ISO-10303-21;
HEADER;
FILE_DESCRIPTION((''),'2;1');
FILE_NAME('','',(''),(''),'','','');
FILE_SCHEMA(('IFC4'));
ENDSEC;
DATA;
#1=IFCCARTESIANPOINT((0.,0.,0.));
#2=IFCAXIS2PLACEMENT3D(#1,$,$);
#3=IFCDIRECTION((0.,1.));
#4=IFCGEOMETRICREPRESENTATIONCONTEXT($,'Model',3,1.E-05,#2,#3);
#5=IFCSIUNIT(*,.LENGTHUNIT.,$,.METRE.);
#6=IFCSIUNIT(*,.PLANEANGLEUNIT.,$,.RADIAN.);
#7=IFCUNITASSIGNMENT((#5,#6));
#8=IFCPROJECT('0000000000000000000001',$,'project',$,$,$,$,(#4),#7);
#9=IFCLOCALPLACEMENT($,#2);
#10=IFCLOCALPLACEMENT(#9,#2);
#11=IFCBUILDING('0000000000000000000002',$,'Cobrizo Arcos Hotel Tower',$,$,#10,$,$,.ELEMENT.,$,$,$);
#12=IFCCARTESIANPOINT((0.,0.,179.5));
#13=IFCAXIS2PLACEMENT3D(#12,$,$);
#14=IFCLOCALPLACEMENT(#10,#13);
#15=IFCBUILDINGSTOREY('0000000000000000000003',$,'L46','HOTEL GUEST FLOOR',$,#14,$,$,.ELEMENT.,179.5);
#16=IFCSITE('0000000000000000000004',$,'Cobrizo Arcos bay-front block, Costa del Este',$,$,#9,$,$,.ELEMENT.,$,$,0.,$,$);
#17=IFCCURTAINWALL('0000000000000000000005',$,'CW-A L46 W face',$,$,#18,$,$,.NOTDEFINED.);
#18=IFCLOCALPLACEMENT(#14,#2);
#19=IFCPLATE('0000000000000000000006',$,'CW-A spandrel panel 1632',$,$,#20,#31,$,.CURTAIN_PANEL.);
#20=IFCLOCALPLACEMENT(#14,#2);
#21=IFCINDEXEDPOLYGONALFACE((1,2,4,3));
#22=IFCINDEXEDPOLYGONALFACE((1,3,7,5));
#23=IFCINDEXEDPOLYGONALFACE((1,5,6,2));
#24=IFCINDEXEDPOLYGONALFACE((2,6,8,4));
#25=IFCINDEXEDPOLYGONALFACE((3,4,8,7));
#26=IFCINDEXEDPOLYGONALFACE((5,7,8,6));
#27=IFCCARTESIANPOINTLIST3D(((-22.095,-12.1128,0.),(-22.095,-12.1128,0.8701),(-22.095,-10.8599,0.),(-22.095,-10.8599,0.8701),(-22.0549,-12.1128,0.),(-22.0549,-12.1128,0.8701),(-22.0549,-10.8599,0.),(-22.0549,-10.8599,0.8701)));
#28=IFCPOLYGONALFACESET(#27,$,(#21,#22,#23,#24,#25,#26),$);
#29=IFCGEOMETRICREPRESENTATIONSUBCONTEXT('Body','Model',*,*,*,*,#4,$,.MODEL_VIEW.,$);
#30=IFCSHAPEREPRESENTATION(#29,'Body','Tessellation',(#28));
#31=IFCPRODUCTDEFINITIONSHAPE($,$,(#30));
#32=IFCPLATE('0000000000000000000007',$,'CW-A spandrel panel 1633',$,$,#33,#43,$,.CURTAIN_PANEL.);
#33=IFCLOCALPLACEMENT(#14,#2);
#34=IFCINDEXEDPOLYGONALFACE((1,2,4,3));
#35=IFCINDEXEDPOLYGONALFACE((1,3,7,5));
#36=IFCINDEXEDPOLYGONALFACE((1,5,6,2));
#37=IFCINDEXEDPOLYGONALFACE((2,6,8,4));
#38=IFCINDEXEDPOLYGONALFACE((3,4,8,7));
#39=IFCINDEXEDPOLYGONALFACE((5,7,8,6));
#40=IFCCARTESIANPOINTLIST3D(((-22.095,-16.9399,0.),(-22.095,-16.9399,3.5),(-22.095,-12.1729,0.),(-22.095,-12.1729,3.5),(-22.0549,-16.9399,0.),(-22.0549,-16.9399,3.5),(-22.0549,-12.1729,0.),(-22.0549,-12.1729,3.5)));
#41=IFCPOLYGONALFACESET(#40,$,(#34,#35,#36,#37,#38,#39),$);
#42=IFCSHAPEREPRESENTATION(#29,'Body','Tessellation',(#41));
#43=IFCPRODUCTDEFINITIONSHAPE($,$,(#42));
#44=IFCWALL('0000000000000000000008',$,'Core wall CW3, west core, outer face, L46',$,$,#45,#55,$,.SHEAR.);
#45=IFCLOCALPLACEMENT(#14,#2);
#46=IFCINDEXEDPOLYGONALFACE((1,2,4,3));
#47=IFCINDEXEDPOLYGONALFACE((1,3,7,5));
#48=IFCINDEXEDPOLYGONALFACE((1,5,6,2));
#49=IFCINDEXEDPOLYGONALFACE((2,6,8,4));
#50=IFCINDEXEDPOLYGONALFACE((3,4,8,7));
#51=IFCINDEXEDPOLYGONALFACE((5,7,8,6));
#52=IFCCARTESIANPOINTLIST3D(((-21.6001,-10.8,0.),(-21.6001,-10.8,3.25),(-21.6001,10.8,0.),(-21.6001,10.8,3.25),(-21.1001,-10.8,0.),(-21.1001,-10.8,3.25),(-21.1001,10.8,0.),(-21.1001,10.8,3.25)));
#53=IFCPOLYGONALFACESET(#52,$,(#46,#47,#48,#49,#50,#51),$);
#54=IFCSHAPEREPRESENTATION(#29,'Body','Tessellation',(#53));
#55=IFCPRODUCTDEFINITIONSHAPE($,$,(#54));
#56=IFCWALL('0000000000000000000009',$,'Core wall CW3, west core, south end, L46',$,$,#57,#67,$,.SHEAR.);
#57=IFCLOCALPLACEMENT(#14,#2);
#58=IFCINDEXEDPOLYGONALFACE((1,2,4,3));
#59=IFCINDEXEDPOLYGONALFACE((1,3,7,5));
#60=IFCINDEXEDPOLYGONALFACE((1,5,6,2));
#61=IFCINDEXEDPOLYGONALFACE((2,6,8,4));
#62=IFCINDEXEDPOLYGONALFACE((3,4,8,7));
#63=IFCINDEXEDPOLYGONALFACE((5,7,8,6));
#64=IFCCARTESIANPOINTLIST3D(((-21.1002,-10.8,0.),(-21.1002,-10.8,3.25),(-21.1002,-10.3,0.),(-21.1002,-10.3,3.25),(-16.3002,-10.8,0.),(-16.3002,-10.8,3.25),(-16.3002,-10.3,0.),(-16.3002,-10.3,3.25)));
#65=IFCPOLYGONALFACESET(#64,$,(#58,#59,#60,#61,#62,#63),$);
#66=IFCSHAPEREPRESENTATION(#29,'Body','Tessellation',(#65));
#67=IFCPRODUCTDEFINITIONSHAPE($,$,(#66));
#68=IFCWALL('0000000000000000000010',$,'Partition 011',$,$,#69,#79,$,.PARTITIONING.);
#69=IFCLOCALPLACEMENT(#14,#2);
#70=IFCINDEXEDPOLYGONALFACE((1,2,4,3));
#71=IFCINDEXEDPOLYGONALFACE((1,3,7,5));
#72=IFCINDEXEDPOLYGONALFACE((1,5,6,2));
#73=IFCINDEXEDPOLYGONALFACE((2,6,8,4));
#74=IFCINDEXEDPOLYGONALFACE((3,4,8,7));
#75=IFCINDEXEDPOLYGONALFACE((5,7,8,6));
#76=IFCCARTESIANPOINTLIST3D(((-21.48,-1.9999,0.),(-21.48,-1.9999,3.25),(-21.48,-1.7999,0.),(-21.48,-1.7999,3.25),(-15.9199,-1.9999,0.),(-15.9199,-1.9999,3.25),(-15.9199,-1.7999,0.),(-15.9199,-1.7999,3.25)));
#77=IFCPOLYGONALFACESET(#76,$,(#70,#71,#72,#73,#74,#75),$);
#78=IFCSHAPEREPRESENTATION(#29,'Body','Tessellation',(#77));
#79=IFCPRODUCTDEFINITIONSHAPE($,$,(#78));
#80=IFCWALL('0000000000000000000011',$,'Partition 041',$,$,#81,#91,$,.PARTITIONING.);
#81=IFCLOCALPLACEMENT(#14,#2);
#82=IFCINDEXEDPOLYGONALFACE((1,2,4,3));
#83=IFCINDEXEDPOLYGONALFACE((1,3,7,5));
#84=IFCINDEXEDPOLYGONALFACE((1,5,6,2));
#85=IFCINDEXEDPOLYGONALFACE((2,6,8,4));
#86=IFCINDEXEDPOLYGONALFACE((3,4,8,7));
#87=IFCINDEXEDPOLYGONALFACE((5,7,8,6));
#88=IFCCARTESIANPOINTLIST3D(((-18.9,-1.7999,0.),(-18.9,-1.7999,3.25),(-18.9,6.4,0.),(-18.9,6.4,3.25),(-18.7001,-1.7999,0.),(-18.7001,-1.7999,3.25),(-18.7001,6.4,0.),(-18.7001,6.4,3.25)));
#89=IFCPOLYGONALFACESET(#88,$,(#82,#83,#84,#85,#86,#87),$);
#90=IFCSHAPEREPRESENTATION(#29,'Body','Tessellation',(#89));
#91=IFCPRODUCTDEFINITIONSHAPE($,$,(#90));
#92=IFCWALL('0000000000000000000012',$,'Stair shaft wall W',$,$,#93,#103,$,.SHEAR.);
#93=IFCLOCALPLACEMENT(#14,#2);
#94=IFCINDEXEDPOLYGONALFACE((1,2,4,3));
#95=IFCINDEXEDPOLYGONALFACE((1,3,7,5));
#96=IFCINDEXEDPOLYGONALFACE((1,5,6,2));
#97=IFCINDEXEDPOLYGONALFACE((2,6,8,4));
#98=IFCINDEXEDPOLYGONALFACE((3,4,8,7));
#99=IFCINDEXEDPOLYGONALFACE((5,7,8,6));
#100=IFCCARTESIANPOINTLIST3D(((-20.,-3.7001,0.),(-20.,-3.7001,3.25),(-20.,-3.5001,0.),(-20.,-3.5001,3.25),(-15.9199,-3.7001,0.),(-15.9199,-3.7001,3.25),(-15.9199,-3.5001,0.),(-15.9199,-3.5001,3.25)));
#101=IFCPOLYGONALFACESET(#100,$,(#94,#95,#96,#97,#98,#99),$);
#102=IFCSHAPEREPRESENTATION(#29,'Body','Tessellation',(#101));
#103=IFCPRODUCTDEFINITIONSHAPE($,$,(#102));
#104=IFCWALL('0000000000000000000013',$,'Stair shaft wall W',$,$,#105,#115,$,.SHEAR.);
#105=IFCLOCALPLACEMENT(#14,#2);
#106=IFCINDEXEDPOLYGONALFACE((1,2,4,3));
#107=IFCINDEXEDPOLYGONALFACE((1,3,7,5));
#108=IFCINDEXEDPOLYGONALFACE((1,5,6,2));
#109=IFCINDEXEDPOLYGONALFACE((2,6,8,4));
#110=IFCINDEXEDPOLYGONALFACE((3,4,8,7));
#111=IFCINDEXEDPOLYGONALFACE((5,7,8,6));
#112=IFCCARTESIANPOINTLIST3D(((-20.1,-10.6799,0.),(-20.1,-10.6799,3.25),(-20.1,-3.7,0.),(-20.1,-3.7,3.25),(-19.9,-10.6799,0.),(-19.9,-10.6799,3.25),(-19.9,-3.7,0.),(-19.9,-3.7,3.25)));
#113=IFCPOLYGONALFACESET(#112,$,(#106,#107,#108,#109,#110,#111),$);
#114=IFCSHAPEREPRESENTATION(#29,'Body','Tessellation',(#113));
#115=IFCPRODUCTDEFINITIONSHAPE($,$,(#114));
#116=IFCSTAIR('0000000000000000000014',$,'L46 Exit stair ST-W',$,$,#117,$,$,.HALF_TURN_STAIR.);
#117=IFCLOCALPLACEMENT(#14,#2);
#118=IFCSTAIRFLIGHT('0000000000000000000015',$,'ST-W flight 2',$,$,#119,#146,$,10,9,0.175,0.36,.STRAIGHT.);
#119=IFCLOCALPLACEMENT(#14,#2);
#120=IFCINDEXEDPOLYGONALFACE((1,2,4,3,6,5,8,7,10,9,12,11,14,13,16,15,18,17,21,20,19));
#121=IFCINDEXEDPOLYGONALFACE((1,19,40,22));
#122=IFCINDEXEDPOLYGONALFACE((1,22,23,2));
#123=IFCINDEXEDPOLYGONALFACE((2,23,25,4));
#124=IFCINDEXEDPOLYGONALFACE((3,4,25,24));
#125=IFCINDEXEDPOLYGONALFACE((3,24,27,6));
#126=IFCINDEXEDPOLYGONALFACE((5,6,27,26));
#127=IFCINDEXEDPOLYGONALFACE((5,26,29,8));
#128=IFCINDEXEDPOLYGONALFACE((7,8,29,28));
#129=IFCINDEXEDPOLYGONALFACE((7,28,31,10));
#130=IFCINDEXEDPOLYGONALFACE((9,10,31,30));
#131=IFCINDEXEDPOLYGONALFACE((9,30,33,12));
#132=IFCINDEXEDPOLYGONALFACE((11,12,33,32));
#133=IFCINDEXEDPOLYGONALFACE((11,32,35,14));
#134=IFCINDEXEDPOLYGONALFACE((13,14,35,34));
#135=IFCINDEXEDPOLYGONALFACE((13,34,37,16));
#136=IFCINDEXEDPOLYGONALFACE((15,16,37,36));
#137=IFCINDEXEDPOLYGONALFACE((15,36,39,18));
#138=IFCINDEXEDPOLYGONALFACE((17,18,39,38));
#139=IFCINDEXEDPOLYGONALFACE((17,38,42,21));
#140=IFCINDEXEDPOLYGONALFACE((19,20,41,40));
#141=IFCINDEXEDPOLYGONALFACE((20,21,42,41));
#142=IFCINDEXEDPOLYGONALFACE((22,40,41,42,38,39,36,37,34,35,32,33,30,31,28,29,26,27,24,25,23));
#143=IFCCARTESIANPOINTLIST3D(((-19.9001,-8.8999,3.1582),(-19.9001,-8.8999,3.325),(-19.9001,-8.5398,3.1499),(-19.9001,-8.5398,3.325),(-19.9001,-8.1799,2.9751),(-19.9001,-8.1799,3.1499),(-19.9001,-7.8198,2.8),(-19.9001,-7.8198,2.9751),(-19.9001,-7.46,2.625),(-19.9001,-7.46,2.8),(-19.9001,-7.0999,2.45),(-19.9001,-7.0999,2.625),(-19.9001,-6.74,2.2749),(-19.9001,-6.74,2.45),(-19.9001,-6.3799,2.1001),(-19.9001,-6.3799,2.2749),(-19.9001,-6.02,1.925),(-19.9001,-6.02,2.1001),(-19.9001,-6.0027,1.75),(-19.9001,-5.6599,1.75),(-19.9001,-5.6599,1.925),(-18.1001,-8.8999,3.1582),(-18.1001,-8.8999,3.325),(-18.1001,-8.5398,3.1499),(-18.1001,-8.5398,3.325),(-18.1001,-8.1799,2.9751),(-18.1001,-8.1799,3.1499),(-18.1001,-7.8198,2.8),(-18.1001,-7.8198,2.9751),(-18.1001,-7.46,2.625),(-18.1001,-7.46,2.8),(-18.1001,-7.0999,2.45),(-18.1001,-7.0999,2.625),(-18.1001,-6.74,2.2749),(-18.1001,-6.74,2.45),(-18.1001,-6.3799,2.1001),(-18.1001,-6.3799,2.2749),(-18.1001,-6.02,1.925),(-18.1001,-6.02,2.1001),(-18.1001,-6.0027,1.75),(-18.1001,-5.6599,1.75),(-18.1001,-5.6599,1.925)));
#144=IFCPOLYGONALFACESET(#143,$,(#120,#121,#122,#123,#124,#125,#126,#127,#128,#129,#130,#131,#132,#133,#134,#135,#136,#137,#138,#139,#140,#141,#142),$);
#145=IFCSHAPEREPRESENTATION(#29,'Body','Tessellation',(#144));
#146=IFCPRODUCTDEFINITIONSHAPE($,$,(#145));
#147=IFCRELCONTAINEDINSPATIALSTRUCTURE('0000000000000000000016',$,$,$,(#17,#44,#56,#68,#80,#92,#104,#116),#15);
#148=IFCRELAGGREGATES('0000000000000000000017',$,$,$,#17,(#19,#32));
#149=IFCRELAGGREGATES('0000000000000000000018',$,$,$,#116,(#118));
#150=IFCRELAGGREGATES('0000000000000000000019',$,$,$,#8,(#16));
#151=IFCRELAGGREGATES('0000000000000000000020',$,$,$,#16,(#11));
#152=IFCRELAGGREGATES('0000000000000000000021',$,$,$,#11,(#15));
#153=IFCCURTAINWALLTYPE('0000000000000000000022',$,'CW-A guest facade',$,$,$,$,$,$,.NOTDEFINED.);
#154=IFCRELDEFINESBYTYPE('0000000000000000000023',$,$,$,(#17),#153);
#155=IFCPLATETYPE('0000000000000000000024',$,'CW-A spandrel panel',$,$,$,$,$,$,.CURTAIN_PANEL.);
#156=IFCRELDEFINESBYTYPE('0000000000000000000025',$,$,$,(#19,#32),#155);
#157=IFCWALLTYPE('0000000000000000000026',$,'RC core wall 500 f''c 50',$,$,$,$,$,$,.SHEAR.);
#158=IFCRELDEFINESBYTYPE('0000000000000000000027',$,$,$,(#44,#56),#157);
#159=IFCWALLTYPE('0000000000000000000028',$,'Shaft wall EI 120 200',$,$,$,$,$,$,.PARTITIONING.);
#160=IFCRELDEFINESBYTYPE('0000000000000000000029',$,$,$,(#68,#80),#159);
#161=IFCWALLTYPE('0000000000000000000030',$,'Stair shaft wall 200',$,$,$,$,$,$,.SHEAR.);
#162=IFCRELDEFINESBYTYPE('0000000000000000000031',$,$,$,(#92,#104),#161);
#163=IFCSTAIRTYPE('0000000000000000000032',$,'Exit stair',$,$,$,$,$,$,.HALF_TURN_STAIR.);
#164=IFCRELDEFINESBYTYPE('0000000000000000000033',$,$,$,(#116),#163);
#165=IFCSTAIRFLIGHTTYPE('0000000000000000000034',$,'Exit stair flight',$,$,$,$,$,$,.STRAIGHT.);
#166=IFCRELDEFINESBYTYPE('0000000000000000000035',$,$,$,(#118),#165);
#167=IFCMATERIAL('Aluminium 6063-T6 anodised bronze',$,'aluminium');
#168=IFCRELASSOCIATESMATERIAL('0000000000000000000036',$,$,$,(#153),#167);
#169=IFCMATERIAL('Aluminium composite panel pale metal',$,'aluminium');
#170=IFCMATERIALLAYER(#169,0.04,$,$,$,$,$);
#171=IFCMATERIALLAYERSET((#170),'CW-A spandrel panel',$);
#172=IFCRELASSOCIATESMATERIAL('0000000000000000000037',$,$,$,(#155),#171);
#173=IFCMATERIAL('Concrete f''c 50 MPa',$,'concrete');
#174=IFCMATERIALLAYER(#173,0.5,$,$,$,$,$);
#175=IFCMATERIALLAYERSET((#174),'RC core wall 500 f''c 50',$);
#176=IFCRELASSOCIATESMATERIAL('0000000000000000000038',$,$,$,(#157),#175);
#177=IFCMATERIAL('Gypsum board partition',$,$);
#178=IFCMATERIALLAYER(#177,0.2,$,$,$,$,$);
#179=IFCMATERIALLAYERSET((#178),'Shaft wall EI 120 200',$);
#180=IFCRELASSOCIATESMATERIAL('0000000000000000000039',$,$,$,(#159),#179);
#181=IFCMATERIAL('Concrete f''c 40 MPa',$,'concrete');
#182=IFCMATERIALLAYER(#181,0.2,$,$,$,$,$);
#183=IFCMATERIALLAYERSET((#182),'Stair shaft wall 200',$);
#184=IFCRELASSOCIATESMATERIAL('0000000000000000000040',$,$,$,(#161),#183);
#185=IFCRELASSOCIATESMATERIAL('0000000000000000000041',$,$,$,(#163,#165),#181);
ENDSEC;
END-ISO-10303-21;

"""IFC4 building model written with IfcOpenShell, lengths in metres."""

from ifc_helpers import new_model, si_unit, direction, frame, frame_2d, origin, origin_2d, place, context, subcontext, project, spatial, polyline, rectangle, outline, extrude, material, layer, layer_set, type_object, element, aggregate, save


model = new_model("IFC4")

# Units and contexts
model_context = context("Model", 3, precision=1e-05, world=origin(), true_north=direction((0.0, 1.0)))
body_context = subcontext(model_context, "Body", "Model", "MODEL_VIEW")
ifc_project = project(units=[si_unit("LENGTHUNIT", "METRE"), si_unit("PLANEANGLEUNIT", "RADIAN")], contexts=[model_context])

# Site, building, storey
site_placement = place(None, origin())
site = spatial("IfcSite", under=ifc_project, at=site_placement, Name="Cobrizo Arcos bay-front block, Costa del Este", CompositionType="ELEMENT", RefElevation=0.0)
building_placement = place(site_placement, origin())
building = spatial("IfcBuilding", under=site, at=building_placement, Name="Cobrizo Arcos Hotel Tower", CompositionType="ELEMENT")
storey_placement = place(building_placement, frame((0.0, 0.0, 179.5)))
storey = spatial("IfcBuildingStorey", under=building, at=storey_placement, Name="L46", Description="HOTEL GUEST FLOOR", CompositionType="ELEMENT", Elevation=179.5)

# Curtain wall
ifc_material_1 = material(Name="Aluminium 6063-T6 anodised bronze", Category="aluminium")
curtain_wall_type = type_object("IfcCurtainWallType", Name="CW-A guest facade", PredefinedType="NOTDEFINED", material=ifc_material_1)
curtain_wall_placement = place(storey_placement, origin())
curtain_wall = element("IfcCurtainWall", 1, at=curtain_wall_placement, inside=storey, type_object=curtain_wall_type, Name="CW-A L46 W face", PredefinedType="NOTDEFINED")

# Plates
ifc_material_2 = material(Name="Aluminium composite panel pale metal", Category="aluminium")
ifc_layer_1 = layer(ifc_material_2, 0.04)
ifc_layer_set_1 = layer_set([ifc_layer_1], Name="CW-A spandrel panel")
plate_type_1 = type_object("IfcPlateType", Name="CW-A spandrel panel", PredefinedType="CURTAIN_PANEL", material=ifc_layer_set_1)
plate_1_placement = place(storey_placement, frame((-22.075, -11.4863, 0.0), z_axis=(0.0, 0.0, 1.0), x_axis=(0.0, -1.0, 0.0)))
plate_1 = element("IfcPlate", 2, at=plate_1_placement, type_object=plate_type_1, Name="CW-A spandrel panel 1632", PredefinedType="CURTAIN_PANEL", context=body_context, shape_type="SweptSolid", body=[
    extrude(rectangle(XDim=1.2529, YDim=0.04, at=origin_2d()), origin(), (0.0, 0.0, 1.0), 0.8701),
])
plate_2_placement = place(storey_placement, frame((-22.075, -14.5564, 0.0), z_axis=(0.0, 0.0, 1.0), x_axis=(0.0, -1.0, 0.0)))
plate_2 = element("IfcPlate", 3, at=plate_2_placement, type_object=plate_type_1, Name="CW-A spandrel panel 1633", PredefinedType="CURTAIN_PANEL", context=body_context, shape_type="SweptSolid", body=[
    extrude(rectangle(XDim=4.7671, YDim=0.04, at=origin_2d()), origin(), (0.0, 0.0, 1.0), 3.5),
])
aggregate(curtain_wall, [plate_1, plate_2])

# Walls
ifc_material_3 = material(Name="Concrete f'c 50 MPa", Category="concrete")
ifc_layer_2 = layer(ifc_material_3, 0.5)
ifc_layer_set_2 = layer_set([ifc_layer_2], Name="RC core wall 500 f'c 50")
wall_type_1 = type_object("IfcWallType", Name="RC core wall 500 f'c 50", PredefinedType="SHEAR", material=ifc_layer_set_2)
wall_1_placement = place(storey_placement, frame((-21.3501, -10.8, 0.0), z_axis=(0.0, 0.0, 1.0), x_axis=(0.0, 1.0, 0.0)))
element("IfcWall", 4, at=wall_1_placement, inside=storey, type_object=wall_type_1, Name="Core wall CW3, west core, outer face, L46", PredefinedType="SHEAR", context=body_context, shape_type="SweptSolid", body=[
    extrude(rectangle(XDim=21.6001, YDim=0.5, at=frame_2d((10.8, 0.0))), origin(), (0.0, 0.0, 1.0), 3.25),
])
wall_2_placement = place(storey_placement, frame((-21.1001, -10.55, 0.0), z_axis=(0.0, 0.0, 1.0), x_axis=(1.0, 0.0, 0.0)))
element("IfcWall", 5, at=wall_2_placement, inside=storey, type_object=wall_type_1, Name="Core wall CW3, west core, south end, L46", PredefinedType="SHEAR", context=body_context, shape_type="SweptSolid", body=[
    extrude(rectangle(XDim=4.8, YDim=0.5, at=frame_2d((2.3999, 0.0))), origin(), (0.0, 0.0, 1.0), 3.25),
])
ifc_material_4 = material(Name="Gypsum board partition")
ifc_layer_3 = layer(ifc_material_4, 0.2)
ifc_layer_set_3 = layer_set([ifc_layer_3], Name="Shaft wall EI 120 200")
wall_type_2 = type_object("IfcWallType", Name="Shaft wall EI 120 200", PredefinedType="PARTITIONING", material=ifc_layer_set_3)
wall_3_placement = place(storey_placement, frame((-21.48, -1.8999, 0.0), z_axis=(0.0, 0.0, 1.0), x_axis=(1.0, 0.0, 0.0)))
element("IfcWall", 6, at=wall_3_placement, inside=storey, type_object=wall_type_2, Name="Partition 011", PredefinedType="PARTITIONING", context=body_context, shape_type="SweptSolid", body=[
    extrude(rectangle(XDim=5.5601, YDim=0.2, at=frame_2d((2.78, 0.0))), origin(), (0.0, 0.0, 1.0), 3.25),
])
wall_4_placement = place(storey_placement, frame((-18.8, -1.8, 0.0), z_axis=(0.0, 0.0, 1.0), x_axis=(0.0, 1.0, 0.0)))
element("IfcWall", 7, at=wall_4_placement, inside=storey, type_object=wall_type_2, Name="Partition 041", PredefinedType="PARTITIONING", context=body_context, shape_type="SweptSolid", body=[
    extrude(rectangle(XDim=8.2, YDim=0.2, at=frame_2d((4.1001, 0.0))), origin(), (0.0, 0.0, 1.0), 3.25),
])
ifc_material_5 = material(Name="Concrete f'c 40 MPa", Category="concrete")
ifc_layer_4 = layer(ifc_material_5, 0.2)
ifc_layer_set_4 = layer_set([ifc_layer_4], Name="Stair shaft wall 200")
wall_type_3 = type_object("IfcWallType", Name="Stair shaft wall 200", PredefinedType="SHEAR", material=ifc_layer_set_4)
wall_5_placement = place(storey_placement, frame((-20.0, -3.6001, 0.0), z_axis=(0.0, 0.0, 1.0), x_axis=(1.0, 0.0, 0.0)))
element("IfcWall", 8, at=wall_5_placement, inside=storey, type_object=wall_type_3, Name="Stair shaft wall W", PredefinedType="SHEAR", context=body_context, shape_type="SweptSolid", body=[
    extrude(rectangle(XDim=4.0801, YDim=0.2, at=frame_2d((2.04, 0.0))), origin(), (0.0, 0.0, 1.0), 3.25),
])
wall_6_placement = place(storey_placement, frame((-20.0, -10.6799, 0.0), z_axis=(0.0, 0.0, 1.0), x_axis=(0.0, 1.0, 0.0)))
element("IfcWall", 9, at=wall_6_placement, inside=storey, type_object=wall_type_3, Name="Stair shaft wall W", PredefinedType="SHEAR", context=body_context, shape_type="SweptSolid", body=[
    extrude(rectangle(XDim=6.98, YDim=0.2, at=frame_2d((3.49, 0.0))), origin(), (0.0, 0.0, 1.0), 3.25),
])

# Stair, stair flight
stair_type = type_object("IfcStairType", Name="Exit stair", PredefinedType="HALF_TURN_STAIR", material=ifc_material_5)
stair_placement = place(storey_placement, origin())
stair = element("IfcStair", 10, at=stair_placement, inside=storey, type_object=stair_type, Name="L46 Exit stair ST-W", PredefinedType="HALF_TURN_STAIR")
stair_flight_type = type_object("IfcStairFlightType", Name="Exit stair flight", PredefinedType="STRAIGHT", material=ifc_material_5)
stair_flight_placement = place(storey_placement, frame((-19.0, -5.6599, 1.75), z_axis=(0.0, 0.0, 1.0), x_axis=(0.0, -1.0, 0.0)))
stair_flight = element("IfcStairFlight", 11, at=stair_flight_placement, type_object=stair_flight_type, Name="ST-W flight 2", NumberOfRisers=10, NumberOfTreads=9, PredefinedType="STRAIGHT", RiserHeight=0.175, TreadLength=0.36, context=body_context, shape_type="SweptSolid", body=[
    extrude(outline(polyline([(0.0, 0.0), (0.0, 0.175), (0.3601, 0.175), (0.3601, 0.3501), (0.72, 0.3501), (0.72, 0.5249), (1.0801, 0.5249), (1.0801, 0.7), (1.4399, 0.7), (1.4399, 0.875), (1.8, 0.875), (1.8, 1.05), (2.1599, 1.05), (2.1599, 1.2251), (2.52, 1.2251), (2.52, 1.3999), (2.8799, 1.3999), (2.8799, 1.575), (3.24, 1.575), (3.24, 1.75), (3.24, 1.4082), (0.3428, 0.0), (0.0, 0.0)])), frame((0.0, 0.8999, 0.0), z_axis=(0.0, -1.0, 0.0), x_axis=(1.0, 0.0, 0.0)), (0.0, 0.0, 1.0), 1.8),
])
aggregate(stair, [stair_flight])

save(model, "model.ifc")
